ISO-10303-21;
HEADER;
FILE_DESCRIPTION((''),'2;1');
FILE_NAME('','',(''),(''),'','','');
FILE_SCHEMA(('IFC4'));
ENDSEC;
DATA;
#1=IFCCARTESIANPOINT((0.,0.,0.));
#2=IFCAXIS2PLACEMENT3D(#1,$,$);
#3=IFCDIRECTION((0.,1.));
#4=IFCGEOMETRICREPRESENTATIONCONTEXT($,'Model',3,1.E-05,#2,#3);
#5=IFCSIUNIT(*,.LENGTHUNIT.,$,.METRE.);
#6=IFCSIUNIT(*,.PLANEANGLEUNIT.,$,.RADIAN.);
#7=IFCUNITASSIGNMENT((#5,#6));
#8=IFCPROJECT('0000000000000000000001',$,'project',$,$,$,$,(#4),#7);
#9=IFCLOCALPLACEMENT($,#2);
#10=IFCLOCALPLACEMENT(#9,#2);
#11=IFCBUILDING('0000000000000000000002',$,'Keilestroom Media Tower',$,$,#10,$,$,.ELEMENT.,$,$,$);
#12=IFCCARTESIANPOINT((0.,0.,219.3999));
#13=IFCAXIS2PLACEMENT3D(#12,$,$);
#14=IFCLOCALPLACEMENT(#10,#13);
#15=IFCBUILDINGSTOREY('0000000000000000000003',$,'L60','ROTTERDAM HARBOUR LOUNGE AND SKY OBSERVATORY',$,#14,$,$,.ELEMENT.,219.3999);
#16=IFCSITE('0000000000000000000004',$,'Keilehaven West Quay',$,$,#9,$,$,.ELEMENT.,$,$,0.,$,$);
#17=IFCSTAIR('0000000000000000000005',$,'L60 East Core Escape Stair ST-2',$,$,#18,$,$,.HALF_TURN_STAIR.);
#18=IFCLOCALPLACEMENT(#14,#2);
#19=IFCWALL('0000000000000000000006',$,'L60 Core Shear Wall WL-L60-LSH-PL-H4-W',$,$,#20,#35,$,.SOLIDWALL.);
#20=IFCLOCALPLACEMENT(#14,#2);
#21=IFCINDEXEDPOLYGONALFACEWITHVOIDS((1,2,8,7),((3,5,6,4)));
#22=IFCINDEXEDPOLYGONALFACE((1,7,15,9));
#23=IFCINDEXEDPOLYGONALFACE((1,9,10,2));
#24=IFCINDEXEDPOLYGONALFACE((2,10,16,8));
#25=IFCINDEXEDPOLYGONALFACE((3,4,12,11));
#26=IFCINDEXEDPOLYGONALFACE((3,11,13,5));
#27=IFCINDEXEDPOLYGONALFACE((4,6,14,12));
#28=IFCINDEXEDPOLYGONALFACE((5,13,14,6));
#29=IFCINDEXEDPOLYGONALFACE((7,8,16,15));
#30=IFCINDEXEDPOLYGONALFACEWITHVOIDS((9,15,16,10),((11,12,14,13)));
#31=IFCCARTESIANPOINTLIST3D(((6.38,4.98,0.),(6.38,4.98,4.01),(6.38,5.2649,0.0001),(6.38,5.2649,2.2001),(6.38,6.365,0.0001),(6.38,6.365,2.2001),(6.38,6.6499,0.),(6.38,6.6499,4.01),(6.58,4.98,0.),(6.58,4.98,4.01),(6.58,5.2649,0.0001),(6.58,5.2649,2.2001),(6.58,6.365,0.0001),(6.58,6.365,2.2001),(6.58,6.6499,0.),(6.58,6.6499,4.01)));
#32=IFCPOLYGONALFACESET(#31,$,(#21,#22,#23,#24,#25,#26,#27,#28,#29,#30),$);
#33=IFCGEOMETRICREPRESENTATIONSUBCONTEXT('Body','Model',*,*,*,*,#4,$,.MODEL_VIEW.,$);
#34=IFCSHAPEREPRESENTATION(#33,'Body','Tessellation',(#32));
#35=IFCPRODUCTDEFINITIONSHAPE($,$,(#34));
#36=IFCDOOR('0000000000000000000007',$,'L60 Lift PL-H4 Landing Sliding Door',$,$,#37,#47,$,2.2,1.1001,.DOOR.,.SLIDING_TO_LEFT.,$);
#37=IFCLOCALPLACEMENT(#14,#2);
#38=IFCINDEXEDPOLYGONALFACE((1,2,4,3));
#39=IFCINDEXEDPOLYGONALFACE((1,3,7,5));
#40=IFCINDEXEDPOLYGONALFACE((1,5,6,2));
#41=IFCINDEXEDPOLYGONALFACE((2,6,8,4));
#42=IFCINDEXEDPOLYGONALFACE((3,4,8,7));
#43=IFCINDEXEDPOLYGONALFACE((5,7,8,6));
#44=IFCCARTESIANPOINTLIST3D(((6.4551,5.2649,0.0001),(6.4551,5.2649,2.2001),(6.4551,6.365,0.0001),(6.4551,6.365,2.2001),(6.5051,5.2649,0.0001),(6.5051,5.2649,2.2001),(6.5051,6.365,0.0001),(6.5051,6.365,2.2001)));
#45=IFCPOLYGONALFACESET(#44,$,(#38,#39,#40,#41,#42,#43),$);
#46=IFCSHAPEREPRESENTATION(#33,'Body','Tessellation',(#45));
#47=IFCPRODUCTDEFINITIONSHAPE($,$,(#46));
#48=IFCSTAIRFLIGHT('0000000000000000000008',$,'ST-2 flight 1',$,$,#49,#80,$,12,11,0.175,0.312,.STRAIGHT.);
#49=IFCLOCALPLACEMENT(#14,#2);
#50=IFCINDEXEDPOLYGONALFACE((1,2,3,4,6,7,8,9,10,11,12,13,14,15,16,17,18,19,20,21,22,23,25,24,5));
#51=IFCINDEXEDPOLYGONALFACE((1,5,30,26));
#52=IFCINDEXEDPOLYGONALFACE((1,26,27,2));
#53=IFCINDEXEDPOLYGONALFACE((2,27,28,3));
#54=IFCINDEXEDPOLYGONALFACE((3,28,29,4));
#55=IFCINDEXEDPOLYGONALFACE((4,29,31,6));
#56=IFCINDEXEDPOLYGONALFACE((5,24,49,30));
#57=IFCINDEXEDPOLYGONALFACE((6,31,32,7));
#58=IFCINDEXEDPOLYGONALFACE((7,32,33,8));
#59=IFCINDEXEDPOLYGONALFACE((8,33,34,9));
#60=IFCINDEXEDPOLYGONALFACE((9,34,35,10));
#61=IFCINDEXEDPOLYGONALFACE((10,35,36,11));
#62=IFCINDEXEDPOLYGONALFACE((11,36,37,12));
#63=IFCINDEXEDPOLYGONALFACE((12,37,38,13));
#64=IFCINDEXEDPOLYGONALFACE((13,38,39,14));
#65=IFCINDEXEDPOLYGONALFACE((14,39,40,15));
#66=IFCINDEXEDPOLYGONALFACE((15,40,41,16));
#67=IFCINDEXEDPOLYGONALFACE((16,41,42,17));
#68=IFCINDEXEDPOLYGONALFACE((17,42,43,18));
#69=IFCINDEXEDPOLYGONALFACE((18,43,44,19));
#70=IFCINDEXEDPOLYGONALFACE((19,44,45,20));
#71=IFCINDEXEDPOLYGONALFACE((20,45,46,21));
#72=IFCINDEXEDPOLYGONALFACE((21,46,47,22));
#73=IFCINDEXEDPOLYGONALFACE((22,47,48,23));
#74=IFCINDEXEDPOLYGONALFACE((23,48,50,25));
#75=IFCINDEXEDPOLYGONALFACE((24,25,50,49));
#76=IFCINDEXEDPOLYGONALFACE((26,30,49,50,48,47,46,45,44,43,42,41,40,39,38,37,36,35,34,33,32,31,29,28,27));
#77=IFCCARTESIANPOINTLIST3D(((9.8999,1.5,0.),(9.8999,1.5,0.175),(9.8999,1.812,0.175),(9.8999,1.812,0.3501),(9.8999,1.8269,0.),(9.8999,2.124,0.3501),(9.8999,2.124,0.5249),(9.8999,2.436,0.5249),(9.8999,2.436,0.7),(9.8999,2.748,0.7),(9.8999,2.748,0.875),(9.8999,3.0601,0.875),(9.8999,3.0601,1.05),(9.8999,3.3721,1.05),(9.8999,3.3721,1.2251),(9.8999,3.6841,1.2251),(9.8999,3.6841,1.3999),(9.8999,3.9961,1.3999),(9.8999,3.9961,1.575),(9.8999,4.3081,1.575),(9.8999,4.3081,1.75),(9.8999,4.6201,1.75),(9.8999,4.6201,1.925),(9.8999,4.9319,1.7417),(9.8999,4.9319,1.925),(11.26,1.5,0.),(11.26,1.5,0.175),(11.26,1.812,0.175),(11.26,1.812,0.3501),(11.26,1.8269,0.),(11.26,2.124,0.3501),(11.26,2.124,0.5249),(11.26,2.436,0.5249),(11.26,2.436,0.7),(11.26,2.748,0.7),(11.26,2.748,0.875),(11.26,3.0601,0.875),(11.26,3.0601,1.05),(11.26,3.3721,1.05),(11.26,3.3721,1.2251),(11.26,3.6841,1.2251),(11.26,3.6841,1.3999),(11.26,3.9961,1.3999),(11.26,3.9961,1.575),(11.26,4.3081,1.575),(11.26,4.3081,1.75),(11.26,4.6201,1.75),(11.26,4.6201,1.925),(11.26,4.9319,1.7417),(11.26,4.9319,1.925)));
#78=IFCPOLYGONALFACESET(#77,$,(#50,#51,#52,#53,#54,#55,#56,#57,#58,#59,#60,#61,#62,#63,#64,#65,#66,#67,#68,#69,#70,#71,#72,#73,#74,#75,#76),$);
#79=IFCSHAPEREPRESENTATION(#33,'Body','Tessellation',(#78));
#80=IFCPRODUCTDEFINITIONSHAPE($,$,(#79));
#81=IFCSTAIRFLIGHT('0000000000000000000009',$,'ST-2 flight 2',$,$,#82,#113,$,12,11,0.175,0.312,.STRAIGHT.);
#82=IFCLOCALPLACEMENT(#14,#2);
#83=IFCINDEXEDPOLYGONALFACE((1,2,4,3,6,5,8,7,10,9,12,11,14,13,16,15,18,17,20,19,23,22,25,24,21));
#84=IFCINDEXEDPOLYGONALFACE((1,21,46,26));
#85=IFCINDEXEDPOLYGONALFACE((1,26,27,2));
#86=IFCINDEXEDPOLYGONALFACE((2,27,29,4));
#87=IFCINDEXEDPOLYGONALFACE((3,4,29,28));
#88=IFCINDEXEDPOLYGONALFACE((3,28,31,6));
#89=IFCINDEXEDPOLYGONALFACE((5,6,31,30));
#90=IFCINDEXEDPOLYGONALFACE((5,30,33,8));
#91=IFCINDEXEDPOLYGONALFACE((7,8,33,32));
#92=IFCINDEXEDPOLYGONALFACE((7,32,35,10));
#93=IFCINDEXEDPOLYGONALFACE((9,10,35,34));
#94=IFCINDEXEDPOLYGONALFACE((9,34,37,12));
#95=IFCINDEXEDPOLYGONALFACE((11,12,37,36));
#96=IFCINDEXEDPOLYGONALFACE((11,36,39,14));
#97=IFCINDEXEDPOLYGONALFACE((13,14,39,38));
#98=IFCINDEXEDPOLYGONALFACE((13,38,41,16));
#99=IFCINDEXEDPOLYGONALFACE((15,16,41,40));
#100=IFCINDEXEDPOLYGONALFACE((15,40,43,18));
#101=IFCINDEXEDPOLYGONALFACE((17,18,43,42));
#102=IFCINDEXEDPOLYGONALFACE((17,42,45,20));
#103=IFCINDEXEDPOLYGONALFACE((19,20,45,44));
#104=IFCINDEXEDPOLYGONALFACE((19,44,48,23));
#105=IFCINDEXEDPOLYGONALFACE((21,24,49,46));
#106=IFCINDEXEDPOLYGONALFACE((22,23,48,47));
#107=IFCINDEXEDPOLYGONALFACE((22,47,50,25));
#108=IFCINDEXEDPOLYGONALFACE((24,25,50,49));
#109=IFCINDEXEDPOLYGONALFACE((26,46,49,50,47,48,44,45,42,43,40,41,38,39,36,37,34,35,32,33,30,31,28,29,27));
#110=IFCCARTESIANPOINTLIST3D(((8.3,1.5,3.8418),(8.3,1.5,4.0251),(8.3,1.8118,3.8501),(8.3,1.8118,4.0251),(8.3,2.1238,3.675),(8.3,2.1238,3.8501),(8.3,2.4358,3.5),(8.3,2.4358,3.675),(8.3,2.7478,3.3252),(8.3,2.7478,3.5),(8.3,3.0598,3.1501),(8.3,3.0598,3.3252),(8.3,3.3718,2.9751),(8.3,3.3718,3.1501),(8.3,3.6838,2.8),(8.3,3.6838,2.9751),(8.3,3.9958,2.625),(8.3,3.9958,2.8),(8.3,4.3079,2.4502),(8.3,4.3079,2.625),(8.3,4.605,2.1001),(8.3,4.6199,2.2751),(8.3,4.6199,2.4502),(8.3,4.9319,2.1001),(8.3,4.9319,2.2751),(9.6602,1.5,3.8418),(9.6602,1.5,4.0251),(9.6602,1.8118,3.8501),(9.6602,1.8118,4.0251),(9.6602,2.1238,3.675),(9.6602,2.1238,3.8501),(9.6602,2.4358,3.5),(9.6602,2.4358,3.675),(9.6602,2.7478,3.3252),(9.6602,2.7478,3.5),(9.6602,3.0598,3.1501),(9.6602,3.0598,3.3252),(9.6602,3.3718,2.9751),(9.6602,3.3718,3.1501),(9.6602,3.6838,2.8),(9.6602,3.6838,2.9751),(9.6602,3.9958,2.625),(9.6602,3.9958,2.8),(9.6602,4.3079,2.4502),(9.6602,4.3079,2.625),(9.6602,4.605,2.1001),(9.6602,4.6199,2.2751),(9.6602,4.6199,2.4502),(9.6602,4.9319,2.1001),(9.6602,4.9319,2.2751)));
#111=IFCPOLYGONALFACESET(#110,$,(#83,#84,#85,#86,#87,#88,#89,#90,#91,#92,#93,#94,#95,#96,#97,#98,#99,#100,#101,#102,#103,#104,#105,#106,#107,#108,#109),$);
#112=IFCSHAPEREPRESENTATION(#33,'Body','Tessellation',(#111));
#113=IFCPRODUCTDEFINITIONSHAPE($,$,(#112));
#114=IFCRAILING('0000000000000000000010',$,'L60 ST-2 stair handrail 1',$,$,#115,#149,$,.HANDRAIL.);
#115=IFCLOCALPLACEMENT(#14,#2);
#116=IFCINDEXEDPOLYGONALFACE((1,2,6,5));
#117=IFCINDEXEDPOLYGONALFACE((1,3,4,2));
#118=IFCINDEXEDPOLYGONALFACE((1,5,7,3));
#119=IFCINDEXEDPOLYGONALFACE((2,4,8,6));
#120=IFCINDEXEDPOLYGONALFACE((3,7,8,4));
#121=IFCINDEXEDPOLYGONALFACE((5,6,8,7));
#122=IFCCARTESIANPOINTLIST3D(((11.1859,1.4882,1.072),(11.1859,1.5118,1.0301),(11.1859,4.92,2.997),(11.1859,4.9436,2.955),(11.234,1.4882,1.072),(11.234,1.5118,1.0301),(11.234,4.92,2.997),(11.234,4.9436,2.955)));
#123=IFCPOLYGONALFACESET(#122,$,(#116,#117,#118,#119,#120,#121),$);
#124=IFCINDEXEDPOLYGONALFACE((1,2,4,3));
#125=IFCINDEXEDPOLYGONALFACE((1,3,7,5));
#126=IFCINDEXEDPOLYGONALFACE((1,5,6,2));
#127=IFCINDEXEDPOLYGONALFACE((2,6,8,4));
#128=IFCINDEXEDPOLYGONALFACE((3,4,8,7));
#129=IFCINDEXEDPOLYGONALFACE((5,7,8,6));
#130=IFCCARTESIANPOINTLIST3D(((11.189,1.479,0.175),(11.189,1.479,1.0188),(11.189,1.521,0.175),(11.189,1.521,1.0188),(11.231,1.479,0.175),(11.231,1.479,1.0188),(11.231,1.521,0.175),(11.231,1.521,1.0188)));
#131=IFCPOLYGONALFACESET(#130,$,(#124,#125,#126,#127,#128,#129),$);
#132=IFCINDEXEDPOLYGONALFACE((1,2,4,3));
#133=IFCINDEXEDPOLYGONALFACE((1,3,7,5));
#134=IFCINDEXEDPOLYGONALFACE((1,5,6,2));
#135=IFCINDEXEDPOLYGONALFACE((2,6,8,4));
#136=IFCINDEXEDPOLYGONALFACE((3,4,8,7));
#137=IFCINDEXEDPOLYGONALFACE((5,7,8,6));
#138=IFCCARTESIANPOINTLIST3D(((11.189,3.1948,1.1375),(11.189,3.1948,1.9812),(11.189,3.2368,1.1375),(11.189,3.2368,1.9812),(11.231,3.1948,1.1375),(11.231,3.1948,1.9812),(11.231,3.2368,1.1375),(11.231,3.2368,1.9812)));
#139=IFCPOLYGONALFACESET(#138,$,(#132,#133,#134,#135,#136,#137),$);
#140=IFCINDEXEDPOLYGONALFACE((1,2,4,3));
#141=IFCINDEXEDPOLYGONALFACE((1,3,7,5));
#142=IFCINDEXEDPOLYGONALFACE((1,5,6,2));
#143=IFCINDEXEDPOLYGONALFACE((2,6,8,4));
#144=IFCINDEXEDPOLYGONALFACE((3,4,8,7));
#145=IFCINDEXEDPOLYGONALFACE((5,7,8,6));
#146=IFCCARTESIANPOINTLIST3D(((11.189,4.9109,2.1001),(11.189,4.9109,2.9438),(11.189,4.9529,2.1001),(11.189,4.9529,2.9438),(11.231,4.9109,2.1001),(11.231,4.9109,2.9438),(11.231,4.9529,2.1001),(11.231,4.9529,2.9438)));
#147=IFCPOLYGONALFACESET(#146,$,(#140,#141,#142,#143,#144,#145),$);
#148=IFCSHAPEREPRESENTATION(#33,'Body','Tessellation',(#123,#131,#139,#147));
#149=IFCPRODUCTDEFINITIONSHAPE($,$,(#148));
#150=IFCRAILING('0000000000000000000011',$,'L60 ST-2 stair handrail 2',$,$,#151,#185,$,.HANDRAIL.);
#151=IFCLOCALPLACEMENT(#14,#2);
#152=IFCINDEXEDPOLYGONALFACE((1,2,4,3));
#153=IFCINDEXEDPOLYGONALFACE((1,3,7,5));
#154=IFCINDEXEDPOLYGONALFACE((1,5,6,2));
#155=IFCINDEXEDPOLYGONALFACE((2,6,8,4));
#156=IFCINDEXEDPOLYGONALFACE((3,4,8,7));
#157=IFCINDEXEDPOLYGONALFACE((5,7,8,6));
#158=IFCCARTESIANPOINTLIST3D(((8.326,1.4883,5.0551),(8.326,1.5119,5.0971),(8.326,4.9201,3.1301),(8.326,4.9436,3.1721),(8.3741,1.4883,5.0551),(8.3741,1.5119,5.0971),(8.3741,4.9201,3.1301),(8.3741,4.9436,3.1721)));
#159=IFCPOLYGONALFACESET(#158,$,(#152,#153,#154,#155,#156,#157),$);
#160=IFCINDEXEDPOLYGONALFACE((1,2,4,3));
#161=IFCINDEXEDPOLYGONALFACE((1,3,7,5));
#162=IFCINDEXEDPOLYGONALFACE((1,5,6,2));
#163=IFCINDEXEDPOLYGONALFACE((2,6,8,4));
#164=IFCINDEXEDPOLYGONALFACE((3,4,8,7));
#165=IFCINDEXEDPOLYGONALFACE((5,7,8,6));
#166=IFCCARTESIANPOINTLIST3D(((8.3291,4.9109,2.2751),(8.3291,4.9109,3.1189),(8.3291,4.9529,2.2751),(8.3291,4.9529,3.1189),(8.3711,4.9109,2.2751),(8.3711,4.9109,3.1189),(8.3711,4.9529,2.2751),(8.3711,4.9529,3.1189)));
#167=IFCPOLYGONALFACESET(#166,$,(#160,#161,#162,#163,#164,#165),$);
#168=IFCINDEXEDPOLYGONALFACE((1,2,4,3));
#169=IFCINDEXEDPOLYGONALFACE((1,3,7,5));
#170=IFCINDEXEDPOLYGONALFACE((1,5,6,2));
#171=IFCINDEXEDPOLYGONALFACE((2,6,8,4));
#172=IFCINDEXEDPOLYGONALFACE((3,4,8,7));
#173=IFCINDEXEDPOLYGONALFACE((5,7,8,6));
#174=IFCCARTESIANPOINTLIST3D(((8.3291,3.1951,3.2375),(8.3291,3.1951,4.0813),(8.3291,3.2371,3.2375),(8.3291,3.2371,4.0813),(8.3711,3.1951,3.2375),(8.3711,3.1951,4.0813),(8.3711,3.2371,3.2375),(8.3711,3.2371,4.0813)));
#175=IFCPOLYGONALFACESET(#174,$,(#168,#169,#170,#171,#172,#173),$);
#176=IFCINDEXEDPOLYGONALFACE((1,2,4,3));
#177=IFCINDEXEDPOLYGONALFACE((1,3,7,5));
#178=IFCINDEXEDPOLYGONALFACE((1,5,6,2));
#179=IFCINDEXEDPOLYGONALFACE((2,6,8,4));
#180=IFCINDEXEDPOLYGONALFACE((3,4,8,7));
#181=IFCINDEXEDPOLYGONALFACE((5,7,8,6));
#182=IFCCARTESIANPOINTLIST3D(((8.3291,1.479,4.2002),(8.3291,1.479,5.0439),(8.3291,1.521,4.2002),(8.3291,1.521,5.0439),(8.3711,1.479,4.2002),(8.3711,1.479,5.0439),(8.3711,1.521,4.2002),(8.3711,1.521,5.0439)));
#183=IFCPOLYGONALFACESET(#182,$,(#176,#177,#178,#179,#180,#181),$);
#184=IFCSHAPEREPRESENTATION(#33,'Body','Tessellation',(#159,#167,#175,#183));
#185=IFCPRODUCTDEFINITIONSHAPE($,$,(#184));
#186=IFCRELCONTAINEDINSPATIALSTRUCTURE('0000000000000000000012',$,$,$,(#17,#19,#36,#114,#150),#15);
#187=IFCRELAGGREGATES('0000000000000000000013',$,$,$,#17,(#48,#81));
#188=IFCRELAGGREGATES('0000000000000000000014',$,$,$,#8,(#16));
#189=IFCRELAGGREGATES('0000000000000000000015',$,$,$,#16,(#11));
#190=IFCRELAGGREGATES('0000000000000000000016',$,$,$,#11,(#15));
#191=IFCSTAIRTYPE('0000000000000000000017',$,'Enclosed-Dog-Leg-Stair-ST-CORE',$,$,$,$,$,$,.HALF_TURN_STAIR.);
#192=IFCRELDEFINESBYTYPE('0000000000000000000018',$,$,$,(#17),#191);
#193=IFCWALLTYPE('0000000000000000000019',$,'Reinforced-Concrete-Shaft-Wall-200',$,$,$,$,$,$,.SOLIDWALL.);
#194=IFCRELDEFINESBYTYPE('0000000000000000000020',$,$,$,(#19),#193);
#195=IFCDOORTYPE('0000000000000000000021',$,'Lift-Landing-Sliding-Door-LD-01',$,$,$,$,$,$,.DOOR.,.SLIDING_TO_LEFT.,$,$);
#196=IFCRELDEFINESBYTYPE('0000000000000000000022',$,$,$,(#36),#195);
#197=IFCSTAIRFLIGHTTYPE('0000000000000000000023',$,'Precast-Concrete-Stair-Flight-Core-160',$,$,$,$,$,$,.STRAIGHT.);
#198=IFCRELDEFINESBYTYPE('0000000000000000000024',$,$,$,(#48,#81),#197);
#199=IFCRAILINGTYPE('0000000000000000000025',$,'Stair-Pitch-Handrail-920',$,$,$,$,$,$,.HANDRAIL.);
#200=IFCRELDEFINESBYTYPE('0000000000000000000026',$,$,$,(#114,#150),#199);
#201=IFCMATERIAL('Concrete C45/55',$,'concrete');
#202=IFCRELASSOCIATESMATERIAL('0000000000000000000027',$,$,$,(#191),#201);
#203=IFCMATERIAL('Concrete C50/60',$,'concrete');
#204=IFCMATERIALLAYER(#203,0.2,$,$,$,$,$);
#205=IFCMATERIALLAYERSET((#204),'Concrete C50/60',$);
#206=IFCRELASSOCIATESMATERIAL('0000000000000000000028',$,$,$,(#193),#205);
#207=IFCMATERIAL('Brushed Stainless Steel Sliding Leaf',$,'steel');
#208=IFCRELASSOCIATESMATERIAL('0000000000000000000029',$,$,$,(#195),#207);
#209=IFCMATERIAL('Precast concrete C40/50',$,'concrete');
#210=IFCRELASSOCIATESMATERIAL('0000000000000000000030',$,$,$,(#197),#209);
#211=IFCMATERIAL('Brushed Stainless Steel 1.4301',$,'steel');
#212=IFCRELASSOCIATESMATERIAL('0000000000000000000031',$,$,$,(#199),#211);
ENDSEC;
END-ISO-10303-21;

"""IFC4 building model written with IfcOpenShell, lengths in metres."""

from ifc_helpers import new_model, si_unit, direction, frame, frame_2d, origin, origin_2d, place, context, subcontext, project, spatial, polyline, rectangle, outline, extrude, source, transform, mapped, material, layer, layer_set, type_object, element, fill, aggregate, save


model = new_model("IFC4")

# Units and contexts
model_context = context("Model", 3, precision=1e-05, world=origin(), true_north=direction((0.0, 1.0)))
body_context = subcontext(model_context, "Body", "Model", "MODEL_VIEW")
ifc_project = project(units=[si_unit("LENGTHUNIT", "METRE"), si_unit("PLANEANGLEUNIT", "RADIAN")], contexts=[model_context])

# Site, building, storey
site_placement = place(None, origin())
site = spatial("IfcSite", under=ifc_project, at=site_placement, Name="Keilehaven West Quay", CompositionType="ELEMENT", RefElevation=0.0)
building_placement = place(site_placement, origin())
building = spatial("IfcBuilding", under=site, at=building_placement, Name="Keilestroom Media Tower", CompositionType="ELEMENT")
storey_placement = place(building_placement, frame((0.0, 0.0, 219.3999)))
storey = spatial("IfcBuildingStorey", under=building, at=storey_placement, Name="L60", Description="ROTTERDAM HARBOUR LOUNGE AND SKY OBSERVATORY", CompositionType="ELEMENT", Elevation=219.3999)

# Stair
ifc_material_1 = material(Name="Concrete C45/55", Category="concrete")
stair_type = type_object("IfcStairType", Name="Enclosed-Dog-Leg-Stair-ST-CORE", PredefinedType="HALF_TURN_STAIR", material=ifc_material_1)
stair_1_placement = place(storey_placement, origin())
stair_1 = element("IfcStair", 1, at=stair_1_placement, inside=storey, type_object=stair_type, Name="L60 East Core Escape Stair ST-2", PredefinedType="HALF_TURN_STAIR")

# Shared definitions
ifc_material_2 = material(Name="Concrete C50/60", Category="concrete")
ifc_layer_1 = layer(ifc_material_2, 0.2)
ifc_layer_set_1 = layer_set([ifc_layer_1], Name="Concrete C50/60")
wall_type_1 = type_object("IfcWallType", Name="Reinforced-Concrete-Shaft-Wall-200", PredefinedType="SOLIDWALL", material=ifc_layer_set_1)

# Shared definitions
ifc_material_3 = material(Name="Brushed Stainless Steel Sliding Leaf", Category="steel")
door_type = type_object("IfcDoorType", Name="Lift-Landing-Sliding-Door-LD-01", OperationType="SLIDING_TO_LEFT", PredefinedType="DOOR", material=ifc_material_3)
shared_shape_1 = source(origin(), body_context, "Body", "SweptSolid", [
    extrude(rectangle(XDim=1.1001, YDim=2.2, at=frame_2d((0.55, 1.1001))), frame((0.0, 0.0249, 0.0), z_axis=(0.0, -1.0, 0.0), x_axis=(1.0, 0.0, 0.0)), (0.0, 0.0, 1.0), 0.05),
])

# Wall, opening, door
wall_1_placement = place(storey_placement, frame((6.48, 4.98, 0.0), z_axis=(0.0, 0.0, 1.0), x_axis=(0.0, 1.0, 0.0)))
wall_1 = element("IfcWall", 2, at=wall_1_placement, inside=storey, type_object=wall_type_1, Name="L60 Core Shear Wall WL-L60-LSH-PL-H4-W", PredefinedType="SOLIDWALL", context=body_context, shape_type="SweptSolid", body=[
    extrude(rectangle(XDim=1.6699, YDim=0.2, at=frame_2d((0.835, 0.0))), origin(), (0.0, 0.0, 1.0), 4.01),
])
opening_1_placement = place(wall_1_placement, frame((0.2849, 0.0, 0.0)))
opening_1 = element("IfcOpeningElement", 3, at=opening_1_placement, cuts=wall_1, PredefinedType="OPENING", context=body_context, shape_type="SweptSolid", body=[
    extrude(rectangle(XDim=1.1001, YDim=2.2, at=frame_2d((0.55, 1.1001))), frame((0.0, 0.1099, 0.0), z_axis=(0.0, -1.0, 0.0), x_axis=(1.0, 0.0, 0.0)), (0.0, 0.0, 1.0), 0.22),
])
door_1_placement = place(opening_1_placement, origin())
door_1 = element("IfcDoor", 4, at=door_1_placement, inside=storey, type_object=door_type, Name="L60 Lift PL-H4 Landing Sliding Door", OperationType="SLIDING_TO_LEFT", OverallHeight=2.2, OverallWidth=1.1001, PredefinedType="DOOR", context=body_context, shape_type="MappedRepresentation", body=[
    mapped(shared_shape_1, transform((0.0, 0.0, 0.0), x_axis=(1.0, 0.0, 0.0), y_axis=(0.0, 1.0, 0.0), z_axis=(0.0, 0.0, 1.0), scale=1.0)),
])
fill(opening_1, door_1)

# Stair flights
ifc_material_4 = material(Name="Precast concrete C40/50", Category="concrete")
stair_flight_type = type_object("IfcStairFlightType", Name="Precast-Concrete-Stair-Flight-Core-160", PredefinedType="STRAIGHT", material=ifc_material_4)
stair_flight_1_placement = place(storey_placement, frame((10.5801, 1.5, 0.0), z_axis=(0.0, 0.0, 1.0), x_axis=(0.0, 1.0, 0.0)))
stair_flight_1 = element("IfcStairFlight", 5, at=stair_flight_1_placement, type_object=stair_flight_type, Name="ST-2 flight 1", NumberOfRisers=12, NumberOfTreads=11, PredefinedType="STRAIGHT", RiserHeight=0.175, TreadLength=0.312, context=body_context, shape_type="SweptSolid", body=[
    extrude(outline(polyline([(0.0, 0.0), (0.0, 0.175), (0.312, 0.175), (0.312, 0.3501), (0.624, 0.3501), (0.624, 0.5249), (0.936, 0.5249), (0.936, 0.7), (1.248, 0.7), (1.248, 0.875), (1.5601, 0.875), (1.5601, 1.05), (1.8721, 1.05), (1.8721, 1.2251), (2.1841, 1.2251), (2.1841, 1.3999), (2.4961, 1.3999), (2.4961, 1.575), (2.8081, 1.575), (2.8081, 1.75), (3.1201, 1.75), (3.1201, 1.925), (3.4319, 1.925), (3.4319, 2.1001), (3.4319, 1.7417), (0.3269, 0.0), (0.0, 0.0)])), frame((0.0, 0.6802, 0.0), z_axis=(0.0, -1.0, 0.0), x_axis=(1.0, 0.0, 0.0)), (0.0, 0.0, 1.0), 1.3601),
])
stair_flight_2_placement = place(storey_placement, frame((8.98, 4.9319, 2.1001), z_axis=(0.0, 0.0, 1.0), x_axis=(0.0, -1.0, 0.0)))
stair_flight_2 = element("IfcStairFlight", 6, at=stair_flight_2_placement, type_object=stair_flight_type, Name="ST-2 flight 2", NumberOfRisers=12, NumberOfTreads=11, PredefinedType="STRAIGHT", RiserHeight=0.175, TreadLength=0.312, context=body_context, shape_type="SweptSolid", body=[
    extrude(outline(polyline([(0.0, 0.0), (0.0, 0.175), (0.312, 0.175), (0.312, 0.3501), (0.624, 0.3501), (0.624, 0.5249), (0.936, 0.5249), (0.936, 0.7), (1.248, 0.7), (1.248, 0.875), (1.5601, 0.875), (1.5601, 1.05), (1.8721, 1.05), (1.8721, 1.2251), (2.1841, 1.2251), (2.1841, 1.3999), (2.4961, 1.3999), (2.4961, 1.575), (2.8081, 1.575), (2.8081, 1.75), (3.1201, 1.75), (3.1201, 1.925), (3.4319, 1.925), (3.4319, 2.1001), (3.4319, 1.7417), (0.3269, 0.0), (0.0, 0.0)])), frame((0.0, 0.6802, 0.0), z_axis=(0.0, -1.0, 0.0), x_axis=(1.0, 0.0, 0.0)), (0.0, 0.0, 1.0), 1.3601),
])
aggregate(stair_1, [stair_flight_1, stair_flight_2])

# Railings
ifc_material_5 = material(Name="Brushed Stainless Steel 1.4301", Category="steel")
railing_type_1 = type_object("IfcRailingType", Name="Stair-Pitch-Handrail-920", PredefinedType="HANDRAIL", material=ifc_material_5)
railing_1_placement = place(storey_placement, frame((11.21, 1.5, 0.175)))
element("IfcRailing", 7, at=railing_1_placement, inside=storey, type_object=railing_type_1, Name="L60 ST-2 stair handrail 1", PredefinedType="HANDRAIL", context=body_context, shape_type="SweptSolid", body=[
    extrude(rectangle(XDim=0.0481, YDim=0.0481, at=origin_2d()), frame((0.0, 0.0, 0.876), z_axis=(0.0, 0.87216, 0.489221), x_axis=(-1.0, 0.0, 0.0)), (0.0, 0.0, 1.0), 3.9348),
    extrude(rectangle(XDim=0.042, YDim=0.042, at=origin_2d()), origin(), (0.0, 0.0, 1.0), 0.8438),
    extrude(rectangle(XDim=0.042, YDim=0.042, at=origin_2d()), frame((0.0, 1.7158, 0.9624)), (0.0, 0.0, 1.0), 0.8438),
    extrude(rectangle(XDim=0.042, YDim=0.042, at=origin_2d()), frame((0.0, 3.4319, 1.925)), (0.0, 0.0, 1.0), 0.8438),
])
railing_2_placement = place(storey_placement, frame((8.3501, 4.9319, 2.2751)))
element("IfcRailing", 8, at=railing_2_placement, inside=storey, type_object=railing_type_1, Name="L60 ST-2 stair handrail 2", PredefinedType="HANDRAIL", context=body_context, shape_type="SweptSolid", body=[
    extrude(rectangle(XDim=0.0481, YDim=0.0481, at=origin_2d()), frame((0.0, 0.0, 0.876), z_axis=(0.0, -0.87216, 0.489221), x_axis=(1.0, 0.0, 0.0)), (0.0, 0.0, 1.0), 3.9348),
    extrude(rectangle(XDim=0.042, YDim=0.042, at=origin_2d()), origin(), (0.0, 0.0, 1.0), 0.8438),
    extrude(rectangle(XDim=0.042, YDim=0.042, at=origin_2d()), frame((0.0, -1.7158, 0.9624)), (0.0, 0.0, 1.0), 0.8438),
    extrude(rectangle(XDim=0.042, YDim=0.042, at=origin_2d()), frame((0.0, -3.4319, 1.925)), (0.0, 0.0, 1.0), 0.8438),
])

save(model, "model.ifc")
